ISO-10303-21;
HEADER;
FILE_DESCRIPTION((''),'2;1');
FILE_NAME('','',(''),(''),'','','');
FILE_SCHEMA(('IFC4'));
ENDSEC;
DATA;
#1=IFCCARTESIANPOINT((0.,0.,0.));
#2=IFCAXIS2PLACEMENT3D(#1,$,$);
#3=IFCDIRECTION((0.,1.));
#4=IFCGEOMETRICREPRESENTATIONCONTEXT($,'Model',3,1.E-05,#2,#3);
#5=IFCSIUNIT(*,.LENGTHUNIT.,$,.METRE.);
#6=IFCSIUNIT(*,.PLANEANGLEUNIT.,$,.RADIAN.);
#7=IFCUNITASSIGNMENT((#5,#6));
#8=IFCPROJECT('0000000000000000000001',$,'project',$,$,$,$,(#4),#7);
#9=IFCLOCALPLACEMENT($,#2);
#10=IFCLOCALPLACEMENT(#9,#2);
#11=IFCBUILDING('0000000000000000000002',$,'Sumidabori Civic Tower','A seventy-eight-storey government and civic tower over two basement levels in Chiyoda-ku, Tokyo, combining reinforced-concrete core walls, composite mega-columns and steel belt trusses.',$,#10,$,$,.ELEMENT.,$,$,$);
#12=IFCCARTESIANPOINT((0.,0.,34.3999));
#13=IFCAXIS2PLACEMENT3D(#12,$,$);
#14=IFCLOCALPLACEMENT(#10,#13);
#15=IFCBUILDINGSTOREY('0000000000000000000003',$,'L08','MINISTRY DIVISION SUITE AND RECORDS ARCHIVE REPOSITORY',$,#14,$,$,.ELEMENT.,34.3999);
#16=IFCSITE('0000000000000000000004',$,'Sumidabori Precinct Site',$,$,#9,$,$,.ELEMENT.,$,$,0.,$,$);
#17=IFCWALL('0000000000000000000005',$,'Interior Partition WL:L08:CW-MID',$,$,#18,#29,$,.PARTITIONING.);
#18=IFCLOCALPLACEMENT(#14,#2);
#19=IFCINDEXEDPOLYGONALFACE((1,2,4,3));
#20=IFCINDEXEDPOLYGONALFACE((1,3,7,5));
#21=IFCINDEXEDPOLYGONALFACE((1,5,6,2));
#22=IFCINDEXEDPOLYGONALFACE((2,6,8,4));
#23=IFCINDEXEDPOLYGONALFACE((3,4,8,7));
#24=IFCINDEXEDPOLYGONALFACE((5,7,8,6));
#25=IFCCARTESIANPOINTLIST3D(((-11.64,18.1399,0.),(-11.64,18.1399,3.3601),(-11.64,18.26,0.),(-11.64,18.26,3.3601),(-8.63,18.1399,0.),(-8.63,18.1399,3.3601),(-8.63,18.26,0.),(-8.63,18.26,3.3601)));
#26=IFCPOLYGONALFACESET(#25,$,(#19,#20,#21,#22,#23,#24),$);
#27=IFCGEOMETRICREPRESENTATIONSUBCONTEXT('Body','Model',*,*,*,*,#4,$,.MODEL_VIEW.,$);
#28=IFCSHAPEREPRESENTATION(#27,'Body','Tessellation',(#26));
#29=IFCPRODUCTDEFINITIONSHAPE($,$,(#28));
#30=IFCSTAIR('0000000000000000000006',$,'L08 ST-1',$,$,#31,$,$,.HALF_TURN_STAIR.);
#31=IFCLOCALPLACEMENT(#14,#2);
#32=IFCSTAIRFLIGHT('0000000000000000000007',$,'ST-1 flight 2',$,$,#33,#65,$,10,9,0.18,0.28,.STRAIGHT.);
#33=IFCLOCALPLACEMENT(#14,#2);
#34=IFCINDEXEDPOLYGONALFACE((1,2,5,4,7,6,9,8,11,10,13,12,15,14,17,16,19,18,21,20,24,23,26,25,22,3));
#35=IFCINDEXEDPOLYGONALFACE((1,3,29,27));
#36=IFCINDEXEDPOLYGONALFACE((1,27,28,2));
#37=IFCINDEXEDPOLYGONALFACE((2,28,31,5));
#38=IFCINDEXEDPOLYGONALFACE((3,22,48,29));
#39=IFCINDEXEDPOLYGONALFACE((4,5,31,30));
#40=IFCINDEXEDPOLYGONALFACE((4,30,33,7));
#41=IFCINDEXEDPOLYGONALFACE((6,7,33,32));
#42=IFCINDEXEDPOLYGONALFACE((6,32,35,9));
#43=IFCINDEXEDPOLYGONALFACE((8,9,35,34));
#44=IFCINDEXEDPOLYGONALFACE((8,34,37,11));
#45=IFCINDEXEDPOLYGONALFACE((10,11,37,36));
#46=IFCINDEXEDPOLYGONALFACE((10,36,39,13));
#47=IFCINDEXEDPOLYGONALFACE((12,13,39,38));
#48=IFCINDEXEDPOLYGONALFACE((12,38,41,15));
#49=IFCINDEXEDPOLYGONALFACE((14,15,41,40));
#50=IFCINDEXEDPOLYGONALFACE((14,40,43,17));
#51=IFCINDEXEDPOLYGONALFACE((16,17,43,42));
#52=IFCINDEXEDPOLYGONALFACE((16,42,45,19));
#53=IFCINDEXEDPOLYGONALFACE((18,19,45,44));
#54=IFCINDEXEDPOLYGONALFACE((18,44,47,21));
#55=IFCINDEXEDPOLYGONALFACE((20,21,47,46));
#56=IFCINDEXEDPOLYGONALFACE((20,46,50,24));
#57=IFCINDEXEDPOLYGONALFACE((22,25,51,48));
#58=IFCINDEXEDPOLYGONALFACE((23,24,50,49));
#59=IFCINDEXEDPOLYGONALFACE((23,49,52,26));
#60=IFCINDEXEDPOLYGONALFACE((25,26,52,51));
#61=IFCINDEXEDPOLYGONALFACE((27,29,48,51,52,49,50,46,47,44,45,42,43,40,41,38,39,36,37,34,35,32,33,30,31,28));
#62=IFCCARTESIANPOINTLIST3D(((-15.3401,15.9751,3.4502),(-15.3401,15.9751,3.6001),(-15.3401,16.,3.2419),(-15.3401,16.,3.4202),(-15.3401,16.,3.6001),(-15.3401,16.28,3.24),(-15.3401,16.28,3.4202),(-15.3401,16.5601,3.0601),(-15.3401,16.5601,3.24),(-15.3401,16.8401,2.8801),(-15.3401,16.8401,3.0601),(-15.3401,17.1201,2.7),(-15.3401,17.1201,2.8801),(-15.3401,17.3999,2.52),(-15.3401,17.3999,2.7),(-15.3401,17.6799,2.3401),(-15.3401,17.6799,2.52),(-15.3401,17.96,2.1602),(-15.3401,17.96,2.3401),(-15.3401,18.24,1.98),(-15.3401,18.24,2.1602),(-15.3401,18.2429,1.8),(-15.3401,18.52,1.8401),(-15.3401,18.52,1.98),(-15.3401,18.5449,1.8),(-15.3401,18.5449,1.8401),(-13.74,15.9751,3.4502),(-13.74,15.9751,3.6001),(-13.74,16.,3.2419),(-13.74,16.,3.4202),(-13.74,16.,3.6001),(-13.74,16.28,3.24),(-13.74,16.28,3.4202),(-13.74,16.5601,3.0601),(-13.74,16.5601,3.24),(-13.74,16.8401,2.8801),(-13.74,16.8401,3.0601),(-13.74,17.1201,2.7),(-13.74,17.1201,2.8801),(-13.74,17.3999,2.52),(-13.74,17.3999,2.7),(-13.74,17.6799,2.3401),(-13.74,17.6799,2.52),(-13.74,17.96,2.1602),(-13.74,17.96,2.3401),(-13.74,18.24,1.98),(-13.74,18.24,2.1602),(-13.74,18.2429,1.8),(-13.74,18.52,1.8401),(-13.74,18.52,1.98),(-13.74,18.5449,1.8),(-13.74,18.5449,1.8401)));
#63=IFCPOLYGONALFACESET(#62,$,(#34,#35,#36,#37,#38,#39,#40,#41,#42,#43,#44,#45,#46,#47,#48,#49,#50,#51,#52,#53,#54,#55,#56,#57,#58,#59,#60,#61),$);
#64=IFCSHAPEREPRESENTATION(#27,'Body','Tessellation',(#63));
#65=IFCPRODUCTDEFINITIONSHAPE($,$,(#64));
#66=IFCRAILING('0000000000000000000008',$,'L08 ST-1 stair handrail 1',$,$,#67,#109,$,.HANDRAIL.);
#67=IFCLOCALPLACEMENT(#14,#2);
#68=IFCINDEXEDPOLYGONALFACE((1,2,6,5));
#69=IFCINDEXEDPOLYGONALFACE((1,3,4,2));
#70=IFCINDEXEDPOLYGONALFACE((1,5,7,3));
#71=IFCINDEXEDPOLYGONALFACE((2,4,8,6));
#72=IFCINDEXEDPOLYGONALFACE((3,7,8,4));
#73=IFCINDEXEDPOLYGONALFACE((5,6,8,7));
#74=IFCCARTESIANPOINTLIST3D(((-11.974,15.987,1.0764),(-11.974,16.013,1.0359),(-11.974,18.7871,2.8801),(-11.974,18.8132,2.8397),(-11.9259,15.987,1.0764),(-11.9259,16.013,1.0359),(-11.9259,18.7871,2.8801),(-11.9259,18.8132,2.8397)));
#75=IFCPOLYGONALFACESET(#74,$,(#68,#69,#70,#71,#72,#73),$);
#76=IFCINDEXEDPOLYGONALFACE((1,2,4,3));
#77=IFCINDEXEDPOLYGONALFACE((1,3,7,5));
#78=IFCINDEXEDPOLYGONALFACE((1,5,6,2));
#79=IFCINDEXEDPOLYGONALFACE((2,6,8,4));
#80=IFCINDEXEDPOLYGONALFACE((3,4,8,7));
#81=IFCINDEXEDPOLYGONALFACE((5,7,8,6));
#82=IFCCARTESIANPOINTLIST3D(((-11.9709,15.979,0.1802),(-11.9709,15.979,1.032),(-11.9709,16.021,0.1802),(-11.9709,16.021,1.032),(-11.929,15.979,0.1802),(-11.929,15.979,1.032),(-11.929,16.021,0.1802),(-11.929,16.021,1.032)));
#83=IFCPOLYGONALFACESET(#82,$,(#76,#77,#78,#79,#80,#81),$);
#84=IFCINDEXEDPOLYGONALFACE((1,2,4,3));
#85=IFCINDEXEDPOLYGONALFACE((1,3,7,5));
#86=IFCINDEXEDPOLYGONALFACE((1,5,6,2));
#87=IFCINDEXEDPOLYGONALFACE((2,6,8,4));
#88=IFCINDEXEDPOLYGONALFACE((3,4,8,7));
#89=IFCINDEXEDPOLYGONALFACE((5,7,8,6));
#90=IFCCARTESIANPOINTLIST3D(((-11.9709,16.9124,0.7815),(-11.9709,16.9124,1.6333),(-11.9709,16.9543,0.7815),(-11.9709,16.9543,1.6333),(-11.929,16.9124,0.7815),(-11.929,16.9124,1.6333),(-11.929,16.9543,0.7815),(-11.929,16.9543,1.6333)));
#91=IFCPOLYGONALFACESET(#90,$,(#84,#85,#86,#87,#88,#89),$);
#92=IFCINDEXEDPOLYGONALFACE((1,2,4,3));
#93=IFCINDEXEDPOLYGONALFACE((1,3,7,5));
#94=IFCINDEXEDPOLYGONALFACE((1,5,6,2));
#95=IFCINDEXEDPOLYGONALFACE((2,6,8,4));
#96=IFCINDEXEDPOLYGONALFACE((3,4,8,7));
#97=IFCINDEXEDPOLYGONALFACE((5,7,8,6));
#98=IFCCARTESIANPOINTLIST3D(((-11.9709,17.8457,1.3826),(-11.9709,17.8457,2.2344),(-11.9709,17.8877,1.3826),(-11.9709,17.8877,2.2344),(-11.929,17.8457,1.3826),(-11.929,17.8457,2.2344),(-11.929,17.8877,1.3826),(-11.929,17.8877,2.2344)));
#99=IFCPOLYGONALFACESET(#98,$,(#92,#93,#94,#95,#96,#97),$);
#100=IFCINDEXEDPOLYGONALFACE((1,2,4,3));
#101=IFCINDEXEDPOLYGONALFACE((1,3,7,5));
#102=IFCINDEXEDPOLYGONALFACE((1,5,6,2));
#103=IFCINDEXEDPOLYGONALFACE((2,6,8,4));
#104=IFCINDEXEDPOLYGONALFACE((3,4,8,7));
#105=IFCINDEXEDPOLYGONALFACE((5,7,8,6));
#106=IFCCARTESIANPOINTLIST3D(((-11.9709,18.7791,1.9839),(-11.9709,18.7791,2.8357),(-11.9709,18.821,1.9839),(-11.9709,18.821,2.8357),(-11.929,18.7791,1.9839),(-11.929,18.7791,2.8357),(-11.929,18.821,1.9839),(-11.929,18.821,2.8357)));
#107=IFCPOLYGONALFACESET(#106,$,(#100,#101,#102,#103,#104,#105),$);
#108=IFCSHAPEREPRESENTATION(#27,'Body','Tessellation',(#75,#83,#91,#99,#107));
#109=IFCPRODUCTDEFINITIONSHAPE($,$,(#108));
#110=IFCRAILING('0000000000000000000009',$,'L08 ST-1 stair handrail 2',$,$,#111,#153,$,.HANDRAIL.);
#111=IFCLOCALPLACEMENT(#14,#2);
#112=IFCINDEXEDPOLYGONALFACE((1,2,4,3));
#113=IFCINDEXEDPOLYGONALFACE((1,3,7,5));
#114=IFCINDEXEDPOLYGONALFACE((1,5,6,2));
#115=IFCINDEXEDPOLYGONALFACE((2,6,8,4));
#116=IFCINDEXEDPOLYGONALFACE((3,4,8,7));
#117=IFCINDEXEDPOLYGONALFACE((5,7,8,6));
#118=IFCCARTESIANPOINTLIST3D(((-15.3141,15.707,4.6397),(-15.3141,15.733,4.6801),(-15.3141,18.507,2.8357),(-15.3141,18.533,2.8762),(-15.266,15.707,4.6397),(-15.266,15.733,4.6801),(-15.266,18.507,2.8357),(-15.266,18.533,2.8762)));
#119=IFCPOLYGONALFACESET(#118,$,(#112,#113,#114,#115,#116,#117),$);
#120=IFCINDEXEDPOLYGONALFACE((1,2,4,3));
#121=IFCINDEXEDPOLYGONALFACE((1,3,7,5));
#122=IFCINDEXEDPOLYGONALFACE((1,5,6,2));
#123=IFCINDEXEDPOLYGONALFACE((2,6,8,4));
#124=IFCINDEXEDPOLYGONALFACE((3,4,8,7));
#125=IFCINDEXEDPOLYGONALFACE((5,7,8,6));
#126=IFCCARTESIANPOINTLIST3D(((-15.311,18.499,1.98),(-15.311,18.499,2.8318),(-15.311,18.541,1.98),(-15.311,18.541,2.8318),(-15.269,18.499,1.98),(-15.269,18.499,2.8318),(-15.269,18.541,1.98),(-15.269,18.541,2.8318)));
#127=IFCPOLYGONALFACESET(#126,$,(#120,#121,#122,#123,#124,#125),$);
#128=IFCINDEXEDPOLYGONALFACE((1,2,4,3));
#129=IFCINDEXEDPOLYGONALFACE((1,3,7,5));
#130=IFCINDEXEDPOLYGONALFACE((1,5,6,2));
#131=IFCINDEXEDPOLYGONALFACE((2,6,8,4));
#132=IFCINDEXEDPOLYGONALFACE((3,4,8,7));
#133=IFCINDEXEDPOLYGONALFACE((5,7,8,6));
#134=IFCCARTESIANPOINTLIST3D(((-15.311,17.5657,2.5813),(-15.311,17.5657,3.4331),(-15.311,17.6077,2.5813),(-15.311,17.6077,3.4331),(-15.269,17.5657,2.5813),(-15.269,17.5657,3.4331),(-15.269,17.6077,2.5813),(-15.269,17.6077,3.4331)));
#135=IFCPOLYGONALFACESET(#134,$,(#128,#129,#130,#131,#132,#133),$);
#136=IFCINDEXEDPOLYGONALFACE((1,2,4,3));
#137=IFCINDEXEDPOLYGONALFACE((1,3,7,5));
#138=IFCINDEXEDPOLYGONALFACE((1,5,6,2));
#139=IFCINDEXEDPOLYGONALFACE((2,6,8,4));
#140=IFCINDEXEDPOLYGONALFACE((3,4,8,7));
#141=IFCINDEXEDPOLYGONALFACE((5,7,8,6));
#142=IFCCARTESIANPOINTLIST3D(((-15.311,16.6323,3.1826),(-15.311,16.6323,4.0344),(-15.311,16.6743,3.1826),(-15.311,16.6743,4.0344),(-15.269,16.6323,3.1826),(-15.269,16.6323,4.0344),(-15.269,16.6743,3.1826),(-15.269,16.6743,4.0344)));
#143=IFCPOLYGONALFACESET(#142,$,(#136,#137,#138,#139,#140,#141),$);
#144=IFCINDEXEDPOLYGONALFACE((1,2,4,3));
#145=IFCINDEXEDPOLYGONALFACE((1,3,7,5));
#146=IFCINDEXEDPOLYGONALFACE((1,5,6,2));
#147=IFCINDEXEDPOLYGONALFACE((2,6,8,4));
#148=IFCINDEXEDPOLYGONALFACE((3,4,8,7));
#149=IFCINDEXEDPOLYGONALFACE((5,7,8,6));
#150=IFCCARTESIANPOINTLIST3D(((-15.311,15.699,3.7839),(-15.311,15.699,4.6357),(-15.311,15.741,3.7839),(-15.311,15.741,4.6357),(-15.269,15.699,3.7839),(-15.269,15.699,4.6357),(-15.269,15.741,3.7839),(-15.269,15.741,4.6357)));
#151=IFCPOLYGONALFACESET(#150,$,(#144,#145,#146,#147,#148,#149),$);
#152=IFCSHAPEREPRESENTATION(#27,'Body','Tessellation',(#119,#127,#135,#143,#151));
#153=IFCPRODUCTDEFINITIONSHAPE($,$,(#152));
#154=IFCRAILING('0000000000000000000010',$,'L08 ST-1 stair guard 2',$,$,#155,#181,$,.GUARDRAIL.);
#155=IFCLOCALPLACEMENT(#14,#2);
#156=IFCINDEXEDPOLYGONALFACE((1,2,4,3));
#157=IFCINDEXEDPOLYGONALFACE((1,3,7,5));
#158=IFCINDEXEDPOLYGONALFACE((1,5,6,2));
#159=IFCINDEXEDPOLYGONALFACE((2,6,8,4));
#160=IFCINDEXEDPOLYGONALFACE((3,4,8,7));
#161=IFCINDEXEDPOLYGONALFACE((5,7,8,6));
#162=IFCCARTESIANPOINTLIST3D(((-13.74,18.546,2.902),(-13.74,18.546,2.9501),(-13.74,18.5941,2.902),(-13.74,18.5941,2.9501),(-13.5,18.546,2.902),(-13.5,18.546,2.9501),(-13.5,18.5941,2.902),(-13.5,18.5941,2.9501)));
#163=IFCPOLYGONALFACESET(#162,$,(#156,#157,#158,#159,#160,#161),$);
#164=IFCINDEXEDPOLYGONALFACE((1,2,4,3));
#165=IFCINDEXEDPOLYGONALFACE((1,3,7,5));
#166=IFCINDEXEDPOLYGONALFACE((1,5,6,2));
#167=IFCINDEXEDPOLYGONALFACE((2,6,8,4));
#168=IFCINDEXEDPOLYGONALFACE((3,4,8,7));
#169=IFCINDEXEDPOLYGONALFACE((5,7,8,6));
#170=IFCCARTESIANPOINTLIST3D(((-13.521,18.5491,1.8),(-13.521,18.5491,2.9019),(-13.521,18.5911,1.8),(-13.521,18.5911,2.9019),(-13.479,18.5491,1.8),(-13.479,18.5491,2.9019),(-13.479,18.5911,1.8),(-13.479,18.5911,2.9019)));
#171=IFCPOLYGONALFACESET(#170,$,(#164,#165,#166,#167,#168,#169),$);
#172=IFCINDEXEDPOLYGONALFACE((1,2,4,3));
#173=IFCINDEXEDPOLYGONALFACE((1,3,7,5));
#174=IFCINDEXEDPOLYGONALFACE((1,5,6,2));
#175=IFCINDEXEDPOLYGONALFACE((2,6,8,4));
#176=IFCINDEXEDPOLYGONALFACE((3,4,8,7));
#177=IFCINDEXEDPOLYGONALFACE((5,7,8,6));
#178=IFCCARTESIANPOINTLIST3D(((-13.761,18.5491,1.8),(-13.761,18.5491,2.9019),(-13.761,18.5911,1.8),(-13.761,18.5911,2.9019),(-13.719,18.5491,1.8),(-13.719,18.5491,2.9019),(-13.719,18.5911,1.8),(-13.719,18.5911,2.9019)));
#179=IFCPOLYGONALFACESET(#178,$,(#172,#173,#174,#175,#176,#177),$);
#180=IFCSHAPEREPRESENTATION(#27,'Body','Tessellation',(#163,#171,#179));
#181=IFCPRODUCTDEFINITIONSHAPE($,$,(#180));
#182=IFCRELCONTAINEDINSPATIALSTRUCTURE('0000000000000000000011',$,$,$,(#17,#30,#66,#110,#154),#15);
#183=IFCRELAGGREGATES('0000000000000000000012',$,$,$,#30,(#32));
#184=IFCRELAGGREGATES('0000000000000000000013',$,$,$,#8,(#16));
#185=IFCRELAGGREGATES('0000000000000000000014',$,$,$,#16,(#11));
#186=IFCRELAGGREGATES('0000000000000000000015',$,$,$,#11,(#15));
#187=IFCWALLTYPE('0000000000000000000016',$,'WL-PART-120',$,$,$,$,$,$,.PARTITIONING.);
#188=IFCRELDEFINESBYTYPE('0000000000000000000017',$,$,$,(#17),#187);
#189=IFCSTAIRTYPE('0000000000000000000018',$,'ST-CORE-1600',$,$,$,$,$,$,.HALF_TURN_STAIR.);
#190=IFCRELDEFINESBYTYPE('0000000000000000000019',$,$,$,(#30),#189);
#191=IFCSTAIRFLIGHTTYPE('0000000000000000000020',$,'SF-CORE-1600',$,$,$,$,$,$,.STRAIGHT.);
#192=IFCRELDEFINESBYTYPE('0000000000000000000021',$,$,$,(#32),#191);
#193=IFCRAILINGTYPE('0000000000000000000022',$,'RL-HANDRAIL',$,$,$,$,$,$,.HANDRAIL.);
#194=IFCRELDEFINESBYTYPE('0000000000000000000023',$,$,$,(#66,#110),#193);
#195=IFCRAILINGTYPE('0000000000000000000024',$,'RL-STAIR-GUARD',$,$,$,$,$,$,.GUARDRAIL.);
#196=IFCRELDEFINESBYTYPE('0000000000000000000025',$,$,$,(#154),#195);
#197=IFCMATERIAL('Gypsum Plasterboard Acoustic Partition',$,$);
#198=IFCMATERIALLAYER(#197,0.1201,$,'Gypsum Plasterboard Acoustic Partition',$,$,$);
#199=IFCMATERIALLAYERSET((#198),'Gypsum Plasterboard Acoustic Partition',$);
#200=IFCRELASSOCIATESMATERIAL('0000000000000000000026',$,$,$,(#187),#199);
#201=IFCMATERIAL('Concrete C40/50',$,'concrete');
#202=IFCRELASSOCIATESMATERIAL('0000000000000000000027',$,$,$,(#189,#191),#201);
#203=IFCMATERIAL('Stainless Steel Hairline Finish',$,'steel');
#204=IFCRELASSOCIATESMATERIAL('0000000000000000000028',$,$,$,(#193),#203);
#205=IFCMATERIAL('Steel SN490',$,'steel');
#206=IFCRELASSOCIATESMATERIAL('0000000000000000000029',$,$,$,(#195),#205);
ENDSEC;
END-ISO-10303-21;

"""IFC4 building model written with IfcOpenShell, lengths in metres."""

from ifc_helpers import new_model, si_unit, direction, frame, frame_2d, origin, origin_2d, place, context, subcontext, project, spatial, polyline, rectangle, outline, extrude, source, transform, mapped, material, layer, layer_set, type_object, element, aggregate, save


model = new_model("IFC4")

# Units and contexts
model_context = context("Model", 3, precision=1e-05, world=origin(), true_north=direction((0.0, 1.0)))
body_context = subcontext(model_context, "Body", "Model", "MODEL_VIEW")
ifc_project = project(units=[si_unit("LENGTHUNIT", "METRE"), si_unit("PLANEANGLEUNIT", "RADIAN")], contexts=[model_context])

# Site, building, storey
site_placement = place(None, origin())
site = spatial("IfcSite", under=ifc_project, at=site_placement, Name="Sumidabori Precinct Site", CompositionType="ELEMENT", RefElevation=0.0)
building_placement = place(site_placement, origin())
building = spatial("IfcBuilding", under=site, at=building_placement, Name="Sumidabori Civic Tower", Description="A seventy-eight-storey government and civic tower over two basement levels in Chiyoda-ku, Tokyo, combining reinforced-concrete core walls, composite mega-columns and steel belt trusses.", CompositionType="ELEMENT")
storey_placement = place(building_placement, frame((0.0, 0.0, 34.3999)))
storey = spatial("IfcBuildingStorey", under=building, at=storey_placement, Name="L08", Description="MINISTRY DIVISION SUITE AND RECORDS ARCHIVE REPOSITORY", CompositionType="ELEMENT", Elevation=34.3999)

# Shared definitions
ifc_material_1 = material(Name="Gypsum Plasterboard Acoustic Partition")

# Wall
ifc_layer_1 = layer(ifc_material_1, 0.1201, Name="Gypsum Plasterboard Acoustic Partition")
ifc_layer_set_1 = layer_set([ifc_layer_1], Name="Gypsum Plasterboard Acoustic Partition")
wall_type_1 = type_object("IfcWallType", Name="WL-PART-120", PredefinedType="PARTITIONING", material=ifc_layer_set_1)
shared_shape_1 = source(origin(), body_context, "Body", "SweptSolid", [
    extrude(rectangle(XDim=3.01, YDim=0.1201, at=frame_2d((1.5049, 0.0))), origin(), (0.0, 0.0, 1.0), 3.3601),
])
wall_1_placement = place(storey_placement, frame((-11.6399, 18.2, 0.0), z_axis=(0.0, 0.0, 1.0), x_axis=(1.0, 0.0, 0.0)))
element("IfcWall", 1, at=wall_1_placement, inside=storey, type_object=wall_type_1, Name="Interior Partition WL:L08:CW-MID", PredefinedType="PARTITIONING", context=body_context, shape_type="MappedRepresentation", body=[
    mapped(shared_shape_1, transform((0.0, 0.0, 0.0), x_axis=(1.0, 0.0, 0.0), y_axis=(0.0, 1.0, 0.0), z_axis=(0.0, 0.0, 1.0), scale=1.0)),
])

# Stair, stair flight
ifc_material_2 = material(Name="Concrete C40/50", Category="concrete")
stair_type = type_object("IfcStairType", Name="ST-CORE-1600", PredefinedType="HALF_TURN_STAIR", material=ifc_material_2)
stair_placement = place(storey_placement, origin())
stair = element("IfcStair", 2, at=stair_placement, inside=storey, type_object=stair_type, Name="L08 ST-1", PredefinedType="HALF_TURN_STAIR")
stair_flight_type = type_object("IfcStairFlightType", Name="SF-CORE-1600", PredefinedType="STRAIGHT", material=ifc_material_2)
shared_shape_2 = source(origin(), body_context, "Body", "SweptSolid", [
    extrude(outline(polyline([(-0.0249, 0.0), (-0.0249, 0.04), (0.0, 0.04), (0.0, 0.1799), (0.28, 0.1799), (0.28, 0.3601), (0.5601, 0.3601), (0.5601, 0.54), (0.8401, 0.54), (0.8401, 0.72), (1.1201, 0.72), (1.1201, 0.8999), (1.3999, 0.8999), (1.3999, 1.0801), (1.6799, 1.0801), (1.6799, 1.26), (1.96, 1.26), (1.96, 1.4399), (2.24, 1.4399), (2.24, 1.6201), (2.52, 1.6201), (2.52, 1.8), (2.5449, 1.8), (2.5449, 1.6501), (2.52, 1.4419), (0.2771, 0.0), (-0.0249, 0.0)])), frame((0.0, 0.8, 0.0), z_axis=(0.0, -1.0, 0.0), x_axis=(1.0, 0.0, 0.0)), (0.0, 0.0, 1.0), 1.6001),
])
stair_flight_placement = place(storey_placement, frame((-14.54, 18.52, 1.8), z_axis=(0.0, 0.0, 1.0), x_axis=(0.0, -1.0, 0.0)))
stair_flight = element("IfcStairFlight", 3, at=stair_flight_placement, type_object=stair_flight_type, Name="ST-1 flight 2", NumberOfRisers=10, NumberOfTreads=9, PredefinedType="STRAIGHT", RiserHeight=0.18, TreadLength=0.28, context=body_context, shape_type="MappedRepresentation", body=[
    mapped(shared_shape_2, transform((0.0, 0.0, 0.0), x_axis=(1.0, 0.0, 0.0), y_axis=(0.0, 1.0, 0.0), z_axis=(0.0, 0.0, 1.0), scale=1.0)),
])
aggregate(stair, [stair_flight])

# Railings
ifc_material_3 = material(Name="Stainless Steel Hairline Finish", Category="steel")
railing_type_1 = type_object("IfcRailingType", Name="RL-HANDRAIL", PredefinedType="HANDRAIL", material=ifc_material_3)
railing_1_placement = place(storey_placement, frame((-11.95, 16.0, 0.1802)))
element("IfcRailing", 4, at=railing_1_placement, inside=storey, type_object=railing_type_1, Name="L08 ST-1 stair handrail 1", PredefinedType="HANDRAIL", context=body_context, shape_type="SweptSolid", body=[
    extrude(rectangle(XDim=0.0481, YDim=0.0481, at=origin_2d()), frame((0.0, 0.0, 0.876), z_axis=(0.0, 0.840676, 0.541539), x_axis=(-1.0, 0.0, 0.0)), (0.0, 0.0, 1.0), 3.3308),
    extrude(rectangle(XDim=0.042, YDim=0.042, at=origin_2d()), origin(), (0.0, 0.0, 1.0), 0.8518),
    extrude(rectangle(XDim=0.042, YDim=0.042, at=origin_2d()), frame((0.0, 0.9333, 0.6013)), (0.0, 0.0, 1.0), 0.8518),
    extrude(rectangle(XDim=0.042, YDim=0.042, at=origin_2d()), frame((0.0, 1.8667, 1.2024)), (0.0, 0.0, 1.0), 0.8518),
    extrude(rectangle(XDim=0.042, YDim=0.042, at=origin_2d()), frame((0.0, 2.8, 1.8037)), (0.0, 0.0, 1.0), 0.8518),
])
railing_2_placement = place(storey_placement, frame((-15.29, 18.52, 1.98)))
element("IfcRailing", 5, at=railing_2_placement, inside=storey, type_object=railing_type_1, Name="L08 ST-1 stair handrail 2", PredefinedType="HANDRAIL", context=body_context, shape_type="SweptSolid", body=[
    extrude(rectangle(XDim=0.0481, YDim=0.0481, at=origin_2d()), frame((0.0, 0.0, 0.876), z_axis=(0.0, -0.840642, 0.541591), x_axis=(1.0, 0.0, 0.0)), (0.0, 0.0, 1.0), 3.3308),
    extrude(rectangle(XDim=0.042, YDim=0.042, at=origin_2d()), origin(), (0.0, 0.0, 1.0), 0.8518),
    extrude(rectangle(XDim=0.042, YDim=0.042, at=origin_2d()), frame((0.0, -0.9333, 0.6013)), (0.0, 0.0, 1.0), 0.8518),
    extrude(rectangle(XDim=0.042, YDim=0.042, at=origin_2d()), frame((0.0, -1.8667, 1.2026)), (0.0, 0.0, 1.0), 0.8518),
    extrude(rectangle(XDim=0.042, YDim=0.042, at=origin_2d()), frame((0.0, -2.8, 1.804)), (0.0, 0.0, 1.0), 0.8518),
])
ifc_material_4 = material(Name="Steel SN490", Category="steel")
railing_type_2 = type_object("IfcRailingType", Name="RL-STAIR-GUARD", PredefinedType="GUARDRAIL", material=ifc_material_4)
railing_3_placement = place(storey_placement, frame((-13.5, 18.5701, 1.8)))
element("IfcRailing", 6, at=railing_3_placement, inside=storey, type_object=railing_type_2, Name="L08 ST-1 stair guard 2", PredefinedType="GUARDRAIL", context=body_context, shape_type="SweptSolid", body=[
    extrude(rectangle(XDim=0.0481, YDim=0.0481, at=origin_2d()), frame((0.0, 0.0, 1.126), z_axis=(-1.0, 0.0, 0.0), x_axis=(0.0, -1.0, 0.0)), (0.0, 0.0, 1.0), 0.24),
    extrude(rectangle(XDim=0.042, YDim=0.042, at=origin_2d()), origin(), (0.0, 0.0, 1.0), 1.1018),
    extrude(rectangle(XDim=0.042, YDim=0.042, at=origin_2d()), frame((-0.24, 0.0, 0.0)), (0.0, 0.0, 1.0), 1.1018),
])

save(model, "model.ifc")
